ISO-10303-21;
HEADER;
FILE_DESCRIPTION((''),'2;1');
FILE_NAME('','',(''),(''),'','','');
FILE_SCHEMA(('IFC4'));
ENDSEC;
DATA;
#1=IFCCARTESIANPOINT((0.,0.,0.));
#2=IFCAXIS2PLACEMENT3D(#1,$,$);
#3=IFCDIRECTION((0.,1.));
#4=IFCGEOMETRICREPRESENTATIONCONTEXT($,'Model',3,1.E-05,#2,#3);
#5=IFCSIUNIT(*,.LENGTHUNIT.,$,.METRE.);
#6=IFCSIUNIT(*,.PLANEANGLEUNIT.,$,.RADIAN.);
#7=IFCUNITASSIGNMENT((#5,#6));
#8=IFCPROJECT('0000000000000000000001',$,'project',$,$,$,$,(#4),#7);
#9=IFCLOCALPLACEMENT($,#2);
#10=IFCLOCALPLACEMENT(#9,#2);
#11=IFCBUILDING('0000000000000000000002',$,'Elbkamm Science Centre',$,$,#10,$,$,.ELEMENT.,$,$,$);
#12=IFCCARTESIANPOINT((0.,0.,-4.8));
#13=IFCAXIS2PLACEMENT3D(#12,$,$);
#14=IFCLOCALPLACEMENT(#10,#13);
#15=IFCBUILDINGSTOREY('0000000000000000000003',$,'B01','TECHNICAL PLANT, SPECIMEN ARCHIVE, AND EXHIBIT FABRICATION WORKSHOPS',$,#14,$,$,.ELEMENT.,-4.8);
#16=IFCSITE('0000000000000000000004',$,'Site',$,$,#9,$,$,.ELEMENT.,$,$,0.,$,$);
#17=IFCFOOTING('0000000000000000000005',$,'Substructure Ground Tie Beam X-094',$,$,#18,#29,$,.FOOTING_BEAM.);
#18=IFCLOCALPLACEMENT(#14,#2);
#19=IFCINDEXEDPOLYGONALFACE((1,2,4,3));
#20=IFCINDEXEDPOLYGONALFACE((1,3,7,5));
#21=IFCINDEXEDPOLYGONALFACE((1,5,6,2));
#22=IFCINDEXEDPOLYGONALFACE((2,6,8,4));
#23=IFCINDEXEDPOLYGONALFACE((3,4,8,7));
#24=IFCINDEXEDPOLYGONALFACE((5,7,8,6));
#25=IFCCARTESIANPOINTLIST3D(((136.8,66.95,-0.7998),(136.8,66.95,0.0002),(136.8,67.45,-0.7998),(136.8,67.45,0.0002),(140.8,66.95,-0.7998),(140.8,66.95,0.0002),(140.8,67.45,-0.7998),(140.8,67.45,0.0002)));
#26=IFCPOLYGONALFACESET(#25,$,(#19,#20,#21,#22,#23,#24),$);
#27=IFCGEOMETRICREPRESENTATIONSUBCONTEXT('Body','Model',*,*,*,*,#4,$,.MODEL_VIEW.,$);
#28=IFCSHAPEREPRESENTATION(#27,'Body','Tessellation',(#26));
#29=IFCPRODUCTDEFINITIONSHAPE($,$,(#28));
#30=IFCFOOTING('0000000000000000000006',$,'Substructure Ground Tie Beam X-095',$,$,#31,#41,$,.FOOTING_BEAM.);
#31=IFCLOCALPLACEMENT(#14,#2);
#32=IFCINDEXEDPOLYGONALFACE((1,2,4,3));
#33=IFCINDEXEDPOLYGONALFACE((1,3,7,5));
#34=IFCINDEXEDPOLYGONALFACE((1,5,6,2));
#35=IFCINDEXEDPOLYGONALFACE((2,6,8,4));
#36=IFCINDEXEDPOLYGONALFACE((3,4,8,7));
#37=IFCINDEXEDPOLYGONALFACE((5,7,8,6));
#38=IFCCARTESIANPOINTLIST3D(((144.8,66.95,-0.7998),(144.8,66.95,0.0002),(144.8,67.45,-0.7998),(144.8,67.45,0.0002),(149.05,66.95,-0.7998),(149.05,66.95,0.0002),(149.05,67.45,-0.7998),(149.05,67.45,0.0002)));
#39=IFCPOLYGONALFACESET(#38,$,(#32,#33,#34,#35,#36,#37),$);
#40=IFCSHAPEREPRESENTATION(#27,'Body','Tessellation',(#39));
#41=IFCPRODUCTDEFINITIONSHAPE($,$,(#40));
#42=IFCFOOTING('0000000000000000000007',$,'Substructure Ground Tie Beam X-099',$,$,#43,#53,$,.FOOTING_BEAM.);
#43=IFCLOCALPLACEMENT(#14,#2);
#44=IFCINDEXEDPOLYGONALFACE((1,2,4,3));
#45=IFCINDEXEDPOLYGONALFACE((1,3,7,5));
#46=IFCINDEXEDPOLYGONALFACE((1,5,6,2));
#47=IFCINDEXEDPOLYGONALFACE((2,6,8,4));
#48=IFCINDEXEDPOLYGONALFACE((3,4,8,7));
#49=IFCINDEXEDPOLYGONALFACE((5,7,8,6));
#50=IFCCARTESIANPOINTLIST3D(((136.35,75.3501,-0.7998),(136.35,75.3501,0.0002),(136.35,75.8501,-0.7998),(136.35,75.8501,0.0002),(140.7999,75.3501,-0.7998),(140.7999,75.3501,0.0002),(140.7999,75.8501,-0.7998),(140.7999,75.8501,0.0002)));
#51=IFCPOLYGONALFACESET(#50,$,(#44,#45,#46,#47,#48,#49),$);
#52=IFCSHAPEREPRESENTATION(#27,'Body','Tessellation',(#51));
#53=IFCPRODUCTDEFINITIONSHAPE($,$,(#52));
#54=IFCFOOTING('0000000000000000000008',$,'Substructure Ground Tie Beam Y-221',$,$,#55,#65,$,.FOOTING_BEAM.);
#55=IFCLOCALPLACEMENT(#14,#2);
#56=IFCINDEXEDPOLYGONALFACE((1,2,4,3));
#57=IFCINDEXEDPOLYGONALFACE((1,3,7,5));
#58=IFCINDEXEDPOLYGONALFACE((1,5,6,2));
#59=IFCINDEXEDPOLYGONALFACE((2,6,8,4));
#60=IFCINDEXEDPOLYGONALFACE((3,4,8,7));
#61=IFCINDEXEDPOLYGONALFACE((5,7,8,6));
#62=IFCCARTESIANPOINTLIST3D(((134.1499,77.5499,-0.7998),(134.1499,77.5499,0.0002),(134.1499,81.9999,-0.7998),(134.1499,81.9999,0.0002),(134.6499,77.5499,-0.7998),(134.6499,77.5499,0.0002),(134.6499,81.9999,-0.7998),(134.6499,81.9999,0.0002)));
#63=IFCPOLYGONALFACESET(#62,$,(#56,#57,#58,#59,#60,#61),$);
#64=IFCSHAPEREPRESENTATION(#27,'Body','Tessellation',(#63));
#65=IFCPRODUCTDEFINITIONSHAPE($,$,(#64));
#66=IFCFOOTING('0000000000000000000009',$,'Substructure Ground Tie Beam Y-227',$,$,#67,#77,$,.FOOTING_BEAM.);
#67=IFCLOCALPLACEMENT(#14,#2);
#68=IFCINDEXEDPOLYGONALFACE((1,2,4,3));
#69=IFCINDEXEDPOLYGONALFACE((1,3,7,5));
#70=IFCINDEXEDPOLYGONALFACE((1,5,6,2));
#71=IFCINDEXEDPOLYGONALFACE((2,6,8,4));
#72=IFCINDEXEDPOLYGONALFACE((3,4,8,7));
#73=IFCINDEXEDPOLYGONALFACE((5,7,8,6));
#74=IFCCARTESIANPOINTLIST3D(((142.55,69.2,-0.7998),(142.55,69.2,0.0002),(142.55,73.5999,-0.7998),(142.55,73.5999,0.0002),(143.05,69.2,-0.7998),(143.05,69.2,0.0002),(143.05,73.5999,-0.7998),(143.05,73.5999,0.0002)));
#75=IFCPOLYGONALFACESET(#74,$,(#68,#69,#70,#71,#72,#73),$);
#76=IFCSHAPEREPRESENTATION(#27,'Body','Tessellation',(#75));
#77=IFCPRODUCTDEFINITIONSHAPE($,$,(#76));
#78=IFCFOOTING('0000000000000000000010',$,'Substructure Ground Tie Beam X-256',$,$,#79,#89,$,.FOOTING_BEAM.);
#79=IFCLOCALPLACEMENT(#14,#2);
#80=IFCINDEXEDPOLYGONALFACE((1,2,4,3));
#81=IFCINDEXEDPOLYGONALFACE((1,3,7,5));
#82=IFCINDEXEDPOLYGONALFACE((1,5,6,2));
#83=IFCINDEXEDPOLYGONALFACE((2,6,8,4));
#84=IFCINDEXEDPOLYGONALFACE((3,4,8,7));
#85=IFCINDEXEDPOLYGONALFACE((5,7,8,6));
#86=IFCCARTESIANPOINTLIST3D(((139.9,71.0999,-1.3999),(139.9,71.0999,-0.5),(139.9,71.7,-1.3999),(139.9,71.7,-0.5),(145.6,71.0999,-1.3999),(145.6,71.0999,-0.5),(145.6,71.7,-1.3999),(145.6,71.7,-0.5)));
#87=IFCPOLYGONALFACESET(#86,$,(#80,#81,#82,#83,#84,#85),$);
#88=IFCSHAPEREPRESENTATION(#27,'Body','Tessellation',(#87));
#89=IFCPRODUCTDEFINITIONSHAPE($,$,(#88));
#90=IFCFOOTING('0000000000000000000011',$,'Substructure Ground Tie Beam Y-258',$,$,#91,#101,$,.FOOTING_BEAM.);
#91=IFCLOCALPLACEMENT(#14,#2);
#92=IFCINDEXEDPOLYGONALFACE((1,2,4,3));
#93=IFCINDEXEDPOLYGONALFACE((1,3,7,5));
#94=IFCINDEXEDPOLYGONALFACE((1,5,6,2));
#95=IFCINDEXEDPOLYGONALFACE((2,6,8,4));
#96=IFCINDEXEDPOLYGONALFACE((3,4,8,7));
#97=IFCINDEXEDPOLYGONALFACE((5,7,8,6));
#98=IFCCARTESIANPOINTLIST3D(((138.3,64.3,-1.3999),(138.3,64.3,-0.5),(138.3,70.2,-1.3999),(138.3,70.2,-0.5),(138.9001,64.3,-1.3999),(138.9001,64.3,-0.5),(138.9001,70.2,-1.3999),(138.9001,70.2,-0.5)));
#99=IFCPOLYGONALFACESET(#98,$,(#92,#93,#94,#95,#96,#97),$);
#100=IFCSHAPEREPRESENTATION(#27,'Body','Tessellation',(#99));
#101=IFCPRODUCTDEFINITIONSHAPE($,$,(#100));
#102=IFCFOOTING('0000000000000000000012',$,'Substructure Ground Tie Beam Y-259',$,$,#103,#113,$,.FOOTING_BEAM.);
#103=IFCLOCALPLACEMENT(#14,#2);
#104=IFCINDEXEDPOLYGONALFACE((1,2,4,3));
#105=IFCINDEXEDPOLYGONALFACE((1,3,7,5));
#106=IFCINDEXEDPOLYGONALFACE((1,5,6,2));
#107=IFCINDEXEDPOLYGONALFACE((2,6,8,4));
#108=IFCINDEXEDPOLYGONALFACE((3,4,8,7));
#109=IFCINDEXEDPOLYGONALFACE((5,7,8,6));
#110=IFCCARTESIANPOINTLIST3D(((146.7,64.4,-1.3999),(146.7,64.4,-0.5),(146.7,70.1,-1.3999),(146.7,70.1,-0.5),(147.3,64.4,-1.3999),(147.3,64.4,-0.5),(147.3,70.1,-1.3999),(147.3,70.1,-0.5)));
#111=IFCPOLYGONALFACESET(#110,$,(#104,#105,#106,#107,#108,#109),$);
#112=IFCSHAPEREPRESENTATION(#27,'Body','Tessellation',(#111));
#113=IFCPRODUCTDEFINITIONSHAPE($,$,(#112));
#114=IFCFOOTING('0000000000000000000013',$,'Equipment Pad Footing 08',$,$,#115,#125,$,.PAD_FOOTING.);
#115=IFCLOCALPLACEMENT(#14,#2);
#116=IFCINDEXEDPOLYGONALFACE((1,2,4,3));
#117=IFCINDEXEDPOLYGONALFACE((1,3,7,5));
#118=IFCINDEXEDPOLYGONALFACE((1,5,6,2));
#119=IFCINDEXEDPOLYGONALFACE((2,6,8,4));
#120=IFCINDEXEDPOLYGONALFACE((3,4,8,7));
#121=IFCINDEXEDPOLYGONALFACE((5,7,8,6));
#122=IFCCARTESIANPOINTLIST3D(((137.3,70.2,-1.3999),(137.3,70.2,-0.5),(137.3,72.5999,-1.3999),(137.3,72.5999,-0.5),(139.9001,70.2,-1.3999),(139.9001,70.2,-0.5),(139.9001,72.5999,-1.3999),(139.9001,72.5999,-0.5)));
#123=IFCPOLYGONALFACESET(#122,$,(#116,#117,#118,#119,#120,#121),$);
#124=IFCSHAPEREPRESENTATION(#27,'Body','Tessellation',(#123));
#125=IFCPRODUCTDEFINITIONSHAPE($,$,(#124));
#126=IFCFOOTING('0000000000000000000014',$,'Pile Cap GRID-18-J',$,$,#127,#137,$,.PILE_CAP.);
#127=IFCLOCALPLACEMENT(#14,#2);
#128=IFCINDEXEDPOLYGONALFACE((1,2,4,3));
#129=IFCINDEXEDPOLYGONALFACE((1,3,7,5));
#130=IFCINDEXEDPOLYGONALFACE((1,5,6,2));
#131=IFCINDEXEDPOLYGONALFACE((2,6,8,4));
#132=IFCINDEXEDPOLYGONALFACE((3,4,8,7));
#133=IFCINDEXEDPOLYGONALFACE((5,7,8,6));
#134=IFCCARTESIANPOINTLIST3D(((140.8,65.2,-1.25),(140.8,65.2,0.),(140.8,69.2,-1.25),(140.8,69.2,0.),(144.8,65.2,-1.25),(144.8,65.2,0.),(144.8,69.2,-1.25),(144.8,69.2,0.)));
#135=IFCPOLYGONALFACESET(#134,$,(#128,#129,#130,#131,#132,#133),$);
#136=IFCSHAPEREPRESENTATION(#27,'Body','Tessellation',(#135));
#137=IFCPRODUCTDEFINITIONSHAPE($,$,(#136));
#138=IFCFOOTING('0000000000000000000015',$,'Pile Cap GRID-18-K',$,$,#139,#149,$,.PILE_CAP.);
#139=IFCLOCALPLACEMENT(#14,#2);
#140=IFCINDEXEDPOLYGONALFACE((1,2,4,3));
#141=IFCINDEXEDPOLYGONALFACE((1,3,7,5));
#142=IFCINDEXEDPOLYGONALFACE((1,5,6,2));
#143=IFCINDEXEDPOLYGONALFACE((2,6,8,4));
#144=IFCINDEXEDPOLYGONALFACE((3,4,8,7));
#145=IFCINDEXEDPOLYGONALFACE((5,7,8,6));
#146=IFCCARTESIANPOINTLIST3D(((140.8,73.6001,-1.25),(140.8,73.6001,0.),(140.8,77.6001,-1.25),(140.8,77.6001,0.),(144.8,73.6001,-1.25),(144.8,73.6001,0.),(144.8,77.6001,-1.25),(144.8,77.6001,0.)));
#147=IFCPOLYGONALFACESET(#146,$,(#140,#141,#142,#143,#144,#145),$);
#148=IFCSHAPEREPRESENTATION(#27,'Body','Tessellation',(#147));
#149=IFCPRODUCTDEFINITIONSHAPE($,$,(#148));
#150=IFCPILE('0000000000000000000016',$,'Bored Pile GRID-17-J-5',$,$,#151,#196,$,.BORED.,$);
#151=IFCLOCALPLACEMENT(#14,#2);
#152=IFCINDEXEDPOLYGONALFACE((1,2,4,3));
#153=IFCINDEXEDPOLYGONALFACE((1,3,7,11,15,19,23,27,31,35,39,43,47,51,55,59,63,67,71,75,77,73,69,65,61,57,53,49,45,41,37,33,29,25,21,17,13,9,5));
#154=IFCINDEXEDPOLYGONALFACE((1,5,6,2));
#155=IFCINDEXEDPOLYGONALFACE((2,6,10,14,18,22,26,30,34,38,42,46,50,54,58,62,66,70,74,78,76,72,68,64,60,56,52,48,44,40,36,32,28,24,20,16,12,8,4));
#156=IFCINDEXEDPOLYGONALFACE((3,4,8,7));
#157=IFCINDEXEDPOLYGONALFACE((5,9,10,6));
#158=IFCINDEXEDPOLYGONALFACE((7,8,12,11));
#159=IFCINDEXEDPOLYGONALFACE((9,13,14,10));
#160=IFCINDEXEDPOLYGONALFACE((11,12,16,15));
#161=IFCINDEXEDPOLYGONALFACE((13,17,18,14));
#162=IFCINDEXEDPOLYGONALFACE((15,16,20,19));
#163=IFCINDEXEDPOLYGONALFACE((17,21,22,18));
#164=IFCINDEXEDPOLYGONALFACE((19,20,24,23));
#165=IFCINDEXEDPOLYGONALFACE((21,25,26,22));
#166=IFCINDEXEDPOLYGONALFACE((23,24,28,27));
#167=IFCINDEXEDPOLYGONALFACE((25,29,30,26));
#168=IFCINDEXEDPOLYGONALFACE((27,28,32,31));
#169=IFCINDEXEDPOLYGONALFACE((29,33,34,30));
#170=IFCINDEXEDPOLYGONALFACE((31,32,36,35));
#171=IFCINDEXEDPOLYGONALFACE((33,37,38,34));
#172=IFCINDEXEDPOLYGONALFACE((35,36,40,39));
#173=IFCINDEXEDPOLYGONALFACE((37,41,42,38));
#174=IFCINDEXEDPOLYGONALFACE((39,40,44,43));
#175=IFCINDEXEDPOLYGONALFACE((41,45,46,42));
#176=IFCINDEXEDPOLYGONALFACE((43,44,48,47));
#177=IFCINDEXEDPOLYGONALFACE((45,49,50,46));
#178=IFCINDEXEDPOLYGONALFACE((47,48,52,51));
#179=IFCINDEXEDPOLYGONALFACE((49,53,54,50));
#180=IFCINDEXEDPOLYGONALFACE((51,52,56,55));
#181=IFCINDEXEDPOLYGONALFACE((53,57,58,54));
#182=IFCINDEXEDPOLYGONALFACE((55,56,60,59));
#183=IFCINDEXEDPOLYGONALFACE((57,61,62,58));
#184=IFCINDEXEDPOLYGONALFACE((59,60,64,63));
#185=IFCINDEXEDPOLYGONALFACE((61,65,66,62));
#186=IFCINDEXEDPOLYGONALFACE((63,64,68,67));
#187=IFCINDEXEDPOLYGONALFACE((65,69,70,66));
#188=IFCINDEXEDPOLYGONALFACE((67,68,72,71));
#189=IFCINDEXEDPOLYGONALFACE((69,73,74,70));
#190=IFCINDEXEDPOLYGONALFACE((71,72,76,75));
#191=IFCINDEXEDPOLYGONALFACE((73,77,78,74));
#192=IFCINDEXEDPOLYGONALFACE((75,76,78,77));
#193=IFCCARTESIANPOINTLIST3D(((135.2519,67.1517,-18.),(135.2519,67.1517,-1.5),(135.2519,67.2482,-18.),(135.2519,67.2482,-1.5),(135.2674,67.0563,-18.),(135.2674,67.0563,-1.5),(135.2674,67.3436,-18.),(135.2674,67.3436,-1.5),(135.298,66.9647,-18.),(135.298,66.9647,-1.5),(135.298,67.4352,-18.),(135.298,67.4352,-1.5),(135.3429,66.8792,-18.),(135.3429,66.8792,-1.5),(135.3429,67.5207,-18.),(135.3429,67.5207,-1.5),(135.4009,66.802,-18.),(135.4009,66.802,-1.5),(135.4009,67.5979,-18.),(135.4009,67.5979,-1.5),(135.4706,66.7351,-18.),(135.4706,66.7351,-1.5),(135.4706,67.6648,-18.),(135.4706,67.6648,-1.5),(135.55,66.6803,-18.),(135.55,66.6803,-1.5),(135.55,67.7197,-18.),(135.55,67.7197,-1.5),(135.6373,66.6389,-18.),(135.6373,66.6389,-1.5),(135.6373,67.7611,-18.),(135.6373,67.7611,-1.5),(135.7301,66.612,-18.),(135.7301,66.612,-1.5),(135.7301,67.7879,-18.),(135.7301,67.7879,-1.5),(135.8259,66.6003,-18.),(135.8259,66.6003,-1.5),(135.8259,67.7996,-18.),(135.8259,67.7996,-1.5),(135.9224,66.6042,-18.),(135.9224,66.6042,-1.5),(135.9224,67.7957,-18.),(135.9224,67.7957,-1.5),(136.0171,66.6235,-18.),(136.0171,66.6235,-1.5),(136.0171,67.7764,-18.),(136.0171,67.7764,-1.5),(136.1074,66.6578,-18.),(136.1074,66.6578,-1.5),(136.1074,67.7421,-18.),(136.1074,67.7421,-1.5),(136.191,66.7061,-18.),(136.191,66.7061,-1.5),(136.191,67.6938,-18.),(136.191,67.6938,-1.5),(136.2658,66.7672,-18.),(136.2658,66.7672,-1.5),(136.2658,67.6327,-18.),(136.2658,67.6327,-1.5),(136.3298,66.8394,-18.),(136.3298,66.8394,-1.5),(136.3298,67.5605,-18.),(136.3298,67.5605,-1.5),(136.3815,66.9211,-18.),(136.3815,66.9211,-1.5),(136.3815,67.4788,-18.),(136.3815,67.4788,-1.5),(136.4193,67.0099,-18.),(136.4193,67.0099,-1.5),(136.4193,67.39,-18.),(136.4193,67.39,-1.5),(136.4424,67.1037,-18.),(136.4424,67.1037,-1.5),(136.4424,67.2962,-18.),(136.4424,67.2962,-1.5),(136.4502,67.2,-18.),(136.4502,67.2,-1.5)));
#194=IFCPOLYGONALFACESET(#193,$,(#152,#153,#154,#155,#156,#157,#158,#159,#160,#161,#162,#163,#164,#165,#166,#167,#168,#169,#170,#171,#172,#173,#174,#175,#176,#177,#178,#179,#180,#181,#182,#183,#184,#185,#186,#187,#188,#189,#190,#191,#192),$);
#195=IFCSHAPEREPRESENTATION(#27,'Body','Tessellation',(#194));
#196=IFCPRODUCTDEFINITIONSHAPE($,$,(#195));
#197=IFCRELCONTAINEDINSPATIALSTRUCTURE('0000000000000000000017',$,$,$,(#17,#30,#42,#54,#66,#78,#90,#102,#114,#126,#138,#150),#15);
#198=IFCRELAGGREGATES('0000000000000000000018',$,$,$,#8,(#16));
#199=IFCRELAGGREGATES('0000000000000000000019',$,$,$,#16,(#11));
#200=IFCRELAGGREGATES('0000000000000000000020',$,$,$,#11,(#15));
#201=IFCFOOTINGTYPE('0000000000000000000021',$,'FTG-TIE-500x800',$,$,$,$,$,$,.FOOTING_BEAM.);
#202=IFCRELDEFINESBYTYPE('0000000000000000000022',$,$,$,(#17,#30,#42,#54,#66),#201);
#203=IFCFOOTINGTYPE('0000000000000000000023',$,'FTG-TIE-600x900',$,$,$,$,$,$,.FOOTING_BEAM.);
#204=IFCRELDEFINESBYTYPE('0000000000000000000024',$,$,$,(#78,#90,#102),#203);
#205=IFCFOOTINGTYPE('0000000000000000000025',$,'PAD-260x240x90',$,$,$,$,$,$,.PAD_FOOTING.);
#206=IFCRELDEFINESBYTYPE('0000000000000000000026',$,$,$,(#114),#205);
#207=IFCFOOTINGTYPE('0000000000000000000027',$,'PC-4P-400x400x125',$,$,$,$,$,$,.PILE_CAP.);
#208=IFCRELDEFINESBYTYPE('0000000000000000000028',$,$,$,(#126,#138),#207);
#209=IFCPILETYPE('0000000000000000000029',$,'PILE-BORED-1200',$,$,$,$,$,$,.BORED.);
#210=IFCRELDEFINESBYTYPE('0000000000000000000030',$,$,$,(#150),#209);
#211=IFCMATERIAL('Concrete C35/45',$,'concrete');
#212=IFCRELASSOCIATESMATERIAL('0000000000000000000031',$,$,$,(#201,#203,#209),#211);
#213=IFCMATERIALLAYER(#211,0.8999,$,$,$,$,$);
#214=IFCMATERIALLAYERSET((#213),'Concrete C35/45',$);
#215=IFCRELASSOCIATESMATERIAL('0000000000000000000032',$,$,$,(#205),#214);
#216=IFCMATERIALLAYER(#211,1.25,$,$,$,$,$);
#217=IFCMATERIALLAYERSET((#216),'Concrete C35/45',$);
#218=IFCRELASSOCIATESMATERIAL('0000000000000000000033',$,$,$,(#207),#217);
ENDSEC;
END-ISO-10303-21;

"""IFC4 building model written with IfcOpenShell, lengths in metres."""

from ifc_helpers import new_model, si_unit, direction, frame, origin, origin_2d, place, context, subcontext, project, spatial, rectangle, circle, extrude, material, layer, layer_set, material_profile, profile_set, type_object, element, save


model = new_model("IFC4")

# Units and contexts
model_context = context("Model", 3, precision=1e-05, world=origin(), true_north=direction((0.0, 1.0)))
body_context = subcontext(model_context, "Body", "Model", "MODEL_VIEW")
ifc_project = project(units=[si_unit("LENGTHUNIT", "METRE"), si_unit("PLANEANGLEUNIT", "RADIAN")], contexts=[model_context])

# Site, building, storey
site_placement = place(None, origin())
site = spatial("IfcSite", under=ifc_project, at=site_placement, Name="Site", CompositionType="ELEMENT", RefElevation=0.0)
building_placement = place(site_placement, origin())
building = spatial("IfcBuilding", under=site, at=building_placement, Name="Elbkamm Science Centre", CompositionType="ELEMENT")
storey_placement = place(building_placement, frame((0.0, 0.0, -4.8)))
storey = spatial("IfcBuildingStorey", under=building, at=storey_placement, Name="B01", Description="TECHNICAL PLANT, SPECIMEN ARCHIVE, AND EXHIBIT FABRICATION WORKSHOPS", CompositionType="ELEMENT", Elevation=-4.8)

# Footings
ifc_material_1 = material(Name="Concrete C35/45", Category="concrete")
footing_type_1 = type_object("IfcFootingType", Name="FTG-TIE-500x800", PredefinedType="FOOTING_BEAM", material=ifc_material_1)
footing_1_placement = place(storey_placement, frame((138.8, 67.2, -0.7998), z_axis=(0.0, 0.0, 1.0), x_axis=(1.0, 0.0, 0.0)))
element("IfcFooting", 1, at=footing_1_placement, inside=storey, type_object=footing_type_1, Name="Substructure Ground Tie Beam X-094", PredefinedType="FOOTING_BEAM", context=body_context, shape_type="SweptSolid", body=[
    extrude(rectangle(XDim=4.0, YDim=0.5, at=origin_2d()), origin(), (0.0, 0.0, 1.0), 0.8),
])
footing_2_placement = place(storey_placement, frame((146.925, 67.2, -0.7998), z_axis=(0.0, 0.0, 1.0), x_axis=(1.0, 0.0, 0.0)))
element("IfcFooting", 2, at=footing_2_placement, inside=storey, type_object=footing_type_1, Name="Substructure Ground Tie Beam X-095", PredefinedType="FOOTING_BEAM", context=body_context, shape_type="SweptSolid", body=[
    extrude(rectangle(XDim=4.25, YDim=0.5, at=origin_2d()), origin(), (0.0, 0.0, 1.0), 0.8),
])
footing_3_placement = place(storey_placement, frame((138.575, 75.6001, -0.7998), z_axis=(0.0, 0.0, 1.0), x_axis=(1.0, 0.0, 0.0)))
element("IfcFooting", 3, at=footing_3_placement, inside=storey, type_object=footing_type_1, Name="Substructure Ground Tie Beam X-099", PredefinedType="FOOTING_BEAM", context=body_context, shape_type="SweptSolid", body=[
    extrude(rectangle(XDim=4.45, YDim=0.5, at=origin_2d()), origin(), (0.0, 0.0, 1.0), 0.8),
])
footing_4_placement = place(storey_placement, frame((134.3999, 79.7749, -0.7998), z_axis=(0.0, 0.0, 1.0), x_axis=(1.0, 0.0, 0.0)))
element("IfcFooting", 4, at=footing_4_placement, inside=storey, type_object=footing_type_1, Name="Substructure Ground Tie Beam Y-221", PredefinedType="FOOTING_BEAM", context=body_context, shape_type="SweptSolid", body=[
    extrude(rectangle(XDim=0.5, YDim=4.45, at=origin_2d()), origin(), (0.0, 0.0, 1.0), 0.8),
])
footing_5_placement = place(storey_placement, frame((142.8, 71.3999, -0.7998), z_axis=(0.0, 0.0, 1.0), x_axis=(1.0, 0.0, 0.0)))
element("IfcFooting", 5, at=footing_5_placement, inside=storey, type_object=footing_type_1, Name="Substructure Ground Tie Beam Y-227", PredefinedType="FOOTING_BEAM", context=body_context, shape_type="SweptSolid", body=[
    extrude(rectangle(XDim=0.5, YDim=4.3999, at=origin_2d()), origin(), (0.0, 0.0, 1.0), 0.8),
])
footing_type_2 = type_object("IfcFootingType", Name="FTG-TIE-600x900", PredefinedType="FOOTING_BEAM", material=ifc_material_1)
footing_6_placement = place(storey_placement, frame((142.75, 71.3999, -1.3999), z_axis=(0.0, 0.0, 1.0), x_axis=(1.0, 0.0, 0.0)))
element("IfcFooting", 6, at=footing_6_placement, inside=storey, type_object=footing_type_2, Name="Substructure Ground Tie Beam X-256", PredefinedType="FOOTING_BEAM", context=body_context, shape_type="SweptSolid", body=[
    extrude(rectangle(XDim=5.7, YDim=0.6001, at=origin_2d()), origin(), (0.0, 0.0, 1.0), 0.8999),
])
footing_7_placement = place(storey_placement, frame((138.6001, 67.25, -1.3999), z_axis=(0.0, 0.0, 1.0), x_axis=(1.0, 0.0, 0.0)))
element("IfcFooting", 7, at=footing_7_placement, inside=storey, type_object=footing_type_2, Name="Substructure Ground Tie Beam Y-258", PredefinedType="FOOTING_BEAM", context=body_context, shape_type="SweptSolid", body=[
    extrude(rectangle(XDim=0.6001, YDim=5.8999, at=origin_2d()), origin(), (0.0, 0.0, 1.0), 0.8999),
])
footing_8_placement = place(storey_placement, frame((147.0, 67.25, -1.3999), z_axis=(0.0, 0.0, 1.0), x_axis=(1.0, 0.0, 0.0)))
element("IfcFooting", 8, at=footing_8_placement, inside=storey, type_object=footing_type_2, Name="Substructure Ground Tie Beam Y-259", PredefinedType="FOOTING_BEAM", context=body_context, shape_type="SweptSolid", body=[
    extrude(rectangle(XDim=0.6001, YDim=5.7, at=origin_2d()), origin(), (0.0, 0.0, 1.0), 0.8999),
])
ifc_layer_1 = layer(ifc_material_1, 0.8999)
ifc_layer_set_1 = layer_set([ifc_layer_1], Name="Concrete C35/45")
footing_type_3 = type_object("IfcFootingType", Name="PAD-260x240x90", PredefinedType="PAD_FOOTING", material=ifc_layer_set_1)
footing_9_placement = place(storey_placement, frame((138.6001, 71.3999, -1.3999), z_axis=(0.0, 0.0, 1.0), x_axis=(1.0, 0.0, 0.0)))
element("IfcFooting", 9, at=footing_9_placement, inside=storey, type_object=footing_type_3, Name="Equipment Pad Footing 08", PredefinedType="PAD_FOOTING", context=body_context, shape_type="SweptSolid", body=[
    extrude(rectangle(XDim=2.6001, YDim=2.3999, at=origin_2d()), origin(), (0.0, 0.0, 1.0), 0.8999),
])
ifc_layer_2 = layer(ifc_material_1, 1.25)
ifc_layer_set_2 = layer_set([ifc_layer_2], Name="Concrete C35/45")
footing_type_4 = type_object("IfcFootingType", Name="PC-4P-400x400x125", PredefinedType="PILE_CAP", material=ifc_layer_set_2)
for number, where, z_axis, x_axis, name in (
    (10, (142.8, 67.2, -1.25), (0.0, 0.0, 1.0), (1.0, 0.0, 0.0), "Pile Cap GRID-18-J"),
    (11, (142.8, 75.6001, -1.25), (0.0, 0.0, 1.0), (1.0, 0.0, 0.0), "Pile Cap GRID-18-K"),
):
    element("IfcFooting", number, at=place(storey_placement, frame(where, z_axis=z_axis, x_axis=x_axis)), inside=storey, type_object=footing_type_4, Name=name, PredefinedType="PILE_CAP", context=body_context, shape_type="SweptSolid", body=[
        extrude(rectangle(XDim=4.0, YDim=4.0, at=origin_2d()), origin(), (0.0, 0.0, 1.0), 1.25),
    ])

# Pile
ifc_material_profile_1 = material_profile(ifc_material_1, circle(Radius=0.6001, at=origin_2d()), Name="PILE D1200")
ifc_profile_set_1 = profile_set([ifc_material_profile_1], Name="Concrete C35/45")
pile_type_1 = type_object("IfcPileType", Name="PILE-BORED-1200", PredefinedType="BORED", material=ifc_profile_set_1)
for number, where, z_axis, x_axis, name in (
    (12, (135.8501, 67.2, -1.5), (0.0, 0.0, -1.0), (1.0, 0.0, 0.0), "Bored Pile GRID-17-J-5"),
):
    element("IfcPile", number, at=place(storey_placement, frame(where, z_axis=z_axis, x_axis=x_axis)), inside=storey, type_object=pile_type_1, Name=name, PredefinedType="BORED", context=body_context, shape_type="SweptSolid", body=[
        extrude(circle(Radius=0.6001, at=origin_2d()), origin(), (0.0, 0.0, 1.0), 16.5),
    ])

save(model, "model.ifc")
